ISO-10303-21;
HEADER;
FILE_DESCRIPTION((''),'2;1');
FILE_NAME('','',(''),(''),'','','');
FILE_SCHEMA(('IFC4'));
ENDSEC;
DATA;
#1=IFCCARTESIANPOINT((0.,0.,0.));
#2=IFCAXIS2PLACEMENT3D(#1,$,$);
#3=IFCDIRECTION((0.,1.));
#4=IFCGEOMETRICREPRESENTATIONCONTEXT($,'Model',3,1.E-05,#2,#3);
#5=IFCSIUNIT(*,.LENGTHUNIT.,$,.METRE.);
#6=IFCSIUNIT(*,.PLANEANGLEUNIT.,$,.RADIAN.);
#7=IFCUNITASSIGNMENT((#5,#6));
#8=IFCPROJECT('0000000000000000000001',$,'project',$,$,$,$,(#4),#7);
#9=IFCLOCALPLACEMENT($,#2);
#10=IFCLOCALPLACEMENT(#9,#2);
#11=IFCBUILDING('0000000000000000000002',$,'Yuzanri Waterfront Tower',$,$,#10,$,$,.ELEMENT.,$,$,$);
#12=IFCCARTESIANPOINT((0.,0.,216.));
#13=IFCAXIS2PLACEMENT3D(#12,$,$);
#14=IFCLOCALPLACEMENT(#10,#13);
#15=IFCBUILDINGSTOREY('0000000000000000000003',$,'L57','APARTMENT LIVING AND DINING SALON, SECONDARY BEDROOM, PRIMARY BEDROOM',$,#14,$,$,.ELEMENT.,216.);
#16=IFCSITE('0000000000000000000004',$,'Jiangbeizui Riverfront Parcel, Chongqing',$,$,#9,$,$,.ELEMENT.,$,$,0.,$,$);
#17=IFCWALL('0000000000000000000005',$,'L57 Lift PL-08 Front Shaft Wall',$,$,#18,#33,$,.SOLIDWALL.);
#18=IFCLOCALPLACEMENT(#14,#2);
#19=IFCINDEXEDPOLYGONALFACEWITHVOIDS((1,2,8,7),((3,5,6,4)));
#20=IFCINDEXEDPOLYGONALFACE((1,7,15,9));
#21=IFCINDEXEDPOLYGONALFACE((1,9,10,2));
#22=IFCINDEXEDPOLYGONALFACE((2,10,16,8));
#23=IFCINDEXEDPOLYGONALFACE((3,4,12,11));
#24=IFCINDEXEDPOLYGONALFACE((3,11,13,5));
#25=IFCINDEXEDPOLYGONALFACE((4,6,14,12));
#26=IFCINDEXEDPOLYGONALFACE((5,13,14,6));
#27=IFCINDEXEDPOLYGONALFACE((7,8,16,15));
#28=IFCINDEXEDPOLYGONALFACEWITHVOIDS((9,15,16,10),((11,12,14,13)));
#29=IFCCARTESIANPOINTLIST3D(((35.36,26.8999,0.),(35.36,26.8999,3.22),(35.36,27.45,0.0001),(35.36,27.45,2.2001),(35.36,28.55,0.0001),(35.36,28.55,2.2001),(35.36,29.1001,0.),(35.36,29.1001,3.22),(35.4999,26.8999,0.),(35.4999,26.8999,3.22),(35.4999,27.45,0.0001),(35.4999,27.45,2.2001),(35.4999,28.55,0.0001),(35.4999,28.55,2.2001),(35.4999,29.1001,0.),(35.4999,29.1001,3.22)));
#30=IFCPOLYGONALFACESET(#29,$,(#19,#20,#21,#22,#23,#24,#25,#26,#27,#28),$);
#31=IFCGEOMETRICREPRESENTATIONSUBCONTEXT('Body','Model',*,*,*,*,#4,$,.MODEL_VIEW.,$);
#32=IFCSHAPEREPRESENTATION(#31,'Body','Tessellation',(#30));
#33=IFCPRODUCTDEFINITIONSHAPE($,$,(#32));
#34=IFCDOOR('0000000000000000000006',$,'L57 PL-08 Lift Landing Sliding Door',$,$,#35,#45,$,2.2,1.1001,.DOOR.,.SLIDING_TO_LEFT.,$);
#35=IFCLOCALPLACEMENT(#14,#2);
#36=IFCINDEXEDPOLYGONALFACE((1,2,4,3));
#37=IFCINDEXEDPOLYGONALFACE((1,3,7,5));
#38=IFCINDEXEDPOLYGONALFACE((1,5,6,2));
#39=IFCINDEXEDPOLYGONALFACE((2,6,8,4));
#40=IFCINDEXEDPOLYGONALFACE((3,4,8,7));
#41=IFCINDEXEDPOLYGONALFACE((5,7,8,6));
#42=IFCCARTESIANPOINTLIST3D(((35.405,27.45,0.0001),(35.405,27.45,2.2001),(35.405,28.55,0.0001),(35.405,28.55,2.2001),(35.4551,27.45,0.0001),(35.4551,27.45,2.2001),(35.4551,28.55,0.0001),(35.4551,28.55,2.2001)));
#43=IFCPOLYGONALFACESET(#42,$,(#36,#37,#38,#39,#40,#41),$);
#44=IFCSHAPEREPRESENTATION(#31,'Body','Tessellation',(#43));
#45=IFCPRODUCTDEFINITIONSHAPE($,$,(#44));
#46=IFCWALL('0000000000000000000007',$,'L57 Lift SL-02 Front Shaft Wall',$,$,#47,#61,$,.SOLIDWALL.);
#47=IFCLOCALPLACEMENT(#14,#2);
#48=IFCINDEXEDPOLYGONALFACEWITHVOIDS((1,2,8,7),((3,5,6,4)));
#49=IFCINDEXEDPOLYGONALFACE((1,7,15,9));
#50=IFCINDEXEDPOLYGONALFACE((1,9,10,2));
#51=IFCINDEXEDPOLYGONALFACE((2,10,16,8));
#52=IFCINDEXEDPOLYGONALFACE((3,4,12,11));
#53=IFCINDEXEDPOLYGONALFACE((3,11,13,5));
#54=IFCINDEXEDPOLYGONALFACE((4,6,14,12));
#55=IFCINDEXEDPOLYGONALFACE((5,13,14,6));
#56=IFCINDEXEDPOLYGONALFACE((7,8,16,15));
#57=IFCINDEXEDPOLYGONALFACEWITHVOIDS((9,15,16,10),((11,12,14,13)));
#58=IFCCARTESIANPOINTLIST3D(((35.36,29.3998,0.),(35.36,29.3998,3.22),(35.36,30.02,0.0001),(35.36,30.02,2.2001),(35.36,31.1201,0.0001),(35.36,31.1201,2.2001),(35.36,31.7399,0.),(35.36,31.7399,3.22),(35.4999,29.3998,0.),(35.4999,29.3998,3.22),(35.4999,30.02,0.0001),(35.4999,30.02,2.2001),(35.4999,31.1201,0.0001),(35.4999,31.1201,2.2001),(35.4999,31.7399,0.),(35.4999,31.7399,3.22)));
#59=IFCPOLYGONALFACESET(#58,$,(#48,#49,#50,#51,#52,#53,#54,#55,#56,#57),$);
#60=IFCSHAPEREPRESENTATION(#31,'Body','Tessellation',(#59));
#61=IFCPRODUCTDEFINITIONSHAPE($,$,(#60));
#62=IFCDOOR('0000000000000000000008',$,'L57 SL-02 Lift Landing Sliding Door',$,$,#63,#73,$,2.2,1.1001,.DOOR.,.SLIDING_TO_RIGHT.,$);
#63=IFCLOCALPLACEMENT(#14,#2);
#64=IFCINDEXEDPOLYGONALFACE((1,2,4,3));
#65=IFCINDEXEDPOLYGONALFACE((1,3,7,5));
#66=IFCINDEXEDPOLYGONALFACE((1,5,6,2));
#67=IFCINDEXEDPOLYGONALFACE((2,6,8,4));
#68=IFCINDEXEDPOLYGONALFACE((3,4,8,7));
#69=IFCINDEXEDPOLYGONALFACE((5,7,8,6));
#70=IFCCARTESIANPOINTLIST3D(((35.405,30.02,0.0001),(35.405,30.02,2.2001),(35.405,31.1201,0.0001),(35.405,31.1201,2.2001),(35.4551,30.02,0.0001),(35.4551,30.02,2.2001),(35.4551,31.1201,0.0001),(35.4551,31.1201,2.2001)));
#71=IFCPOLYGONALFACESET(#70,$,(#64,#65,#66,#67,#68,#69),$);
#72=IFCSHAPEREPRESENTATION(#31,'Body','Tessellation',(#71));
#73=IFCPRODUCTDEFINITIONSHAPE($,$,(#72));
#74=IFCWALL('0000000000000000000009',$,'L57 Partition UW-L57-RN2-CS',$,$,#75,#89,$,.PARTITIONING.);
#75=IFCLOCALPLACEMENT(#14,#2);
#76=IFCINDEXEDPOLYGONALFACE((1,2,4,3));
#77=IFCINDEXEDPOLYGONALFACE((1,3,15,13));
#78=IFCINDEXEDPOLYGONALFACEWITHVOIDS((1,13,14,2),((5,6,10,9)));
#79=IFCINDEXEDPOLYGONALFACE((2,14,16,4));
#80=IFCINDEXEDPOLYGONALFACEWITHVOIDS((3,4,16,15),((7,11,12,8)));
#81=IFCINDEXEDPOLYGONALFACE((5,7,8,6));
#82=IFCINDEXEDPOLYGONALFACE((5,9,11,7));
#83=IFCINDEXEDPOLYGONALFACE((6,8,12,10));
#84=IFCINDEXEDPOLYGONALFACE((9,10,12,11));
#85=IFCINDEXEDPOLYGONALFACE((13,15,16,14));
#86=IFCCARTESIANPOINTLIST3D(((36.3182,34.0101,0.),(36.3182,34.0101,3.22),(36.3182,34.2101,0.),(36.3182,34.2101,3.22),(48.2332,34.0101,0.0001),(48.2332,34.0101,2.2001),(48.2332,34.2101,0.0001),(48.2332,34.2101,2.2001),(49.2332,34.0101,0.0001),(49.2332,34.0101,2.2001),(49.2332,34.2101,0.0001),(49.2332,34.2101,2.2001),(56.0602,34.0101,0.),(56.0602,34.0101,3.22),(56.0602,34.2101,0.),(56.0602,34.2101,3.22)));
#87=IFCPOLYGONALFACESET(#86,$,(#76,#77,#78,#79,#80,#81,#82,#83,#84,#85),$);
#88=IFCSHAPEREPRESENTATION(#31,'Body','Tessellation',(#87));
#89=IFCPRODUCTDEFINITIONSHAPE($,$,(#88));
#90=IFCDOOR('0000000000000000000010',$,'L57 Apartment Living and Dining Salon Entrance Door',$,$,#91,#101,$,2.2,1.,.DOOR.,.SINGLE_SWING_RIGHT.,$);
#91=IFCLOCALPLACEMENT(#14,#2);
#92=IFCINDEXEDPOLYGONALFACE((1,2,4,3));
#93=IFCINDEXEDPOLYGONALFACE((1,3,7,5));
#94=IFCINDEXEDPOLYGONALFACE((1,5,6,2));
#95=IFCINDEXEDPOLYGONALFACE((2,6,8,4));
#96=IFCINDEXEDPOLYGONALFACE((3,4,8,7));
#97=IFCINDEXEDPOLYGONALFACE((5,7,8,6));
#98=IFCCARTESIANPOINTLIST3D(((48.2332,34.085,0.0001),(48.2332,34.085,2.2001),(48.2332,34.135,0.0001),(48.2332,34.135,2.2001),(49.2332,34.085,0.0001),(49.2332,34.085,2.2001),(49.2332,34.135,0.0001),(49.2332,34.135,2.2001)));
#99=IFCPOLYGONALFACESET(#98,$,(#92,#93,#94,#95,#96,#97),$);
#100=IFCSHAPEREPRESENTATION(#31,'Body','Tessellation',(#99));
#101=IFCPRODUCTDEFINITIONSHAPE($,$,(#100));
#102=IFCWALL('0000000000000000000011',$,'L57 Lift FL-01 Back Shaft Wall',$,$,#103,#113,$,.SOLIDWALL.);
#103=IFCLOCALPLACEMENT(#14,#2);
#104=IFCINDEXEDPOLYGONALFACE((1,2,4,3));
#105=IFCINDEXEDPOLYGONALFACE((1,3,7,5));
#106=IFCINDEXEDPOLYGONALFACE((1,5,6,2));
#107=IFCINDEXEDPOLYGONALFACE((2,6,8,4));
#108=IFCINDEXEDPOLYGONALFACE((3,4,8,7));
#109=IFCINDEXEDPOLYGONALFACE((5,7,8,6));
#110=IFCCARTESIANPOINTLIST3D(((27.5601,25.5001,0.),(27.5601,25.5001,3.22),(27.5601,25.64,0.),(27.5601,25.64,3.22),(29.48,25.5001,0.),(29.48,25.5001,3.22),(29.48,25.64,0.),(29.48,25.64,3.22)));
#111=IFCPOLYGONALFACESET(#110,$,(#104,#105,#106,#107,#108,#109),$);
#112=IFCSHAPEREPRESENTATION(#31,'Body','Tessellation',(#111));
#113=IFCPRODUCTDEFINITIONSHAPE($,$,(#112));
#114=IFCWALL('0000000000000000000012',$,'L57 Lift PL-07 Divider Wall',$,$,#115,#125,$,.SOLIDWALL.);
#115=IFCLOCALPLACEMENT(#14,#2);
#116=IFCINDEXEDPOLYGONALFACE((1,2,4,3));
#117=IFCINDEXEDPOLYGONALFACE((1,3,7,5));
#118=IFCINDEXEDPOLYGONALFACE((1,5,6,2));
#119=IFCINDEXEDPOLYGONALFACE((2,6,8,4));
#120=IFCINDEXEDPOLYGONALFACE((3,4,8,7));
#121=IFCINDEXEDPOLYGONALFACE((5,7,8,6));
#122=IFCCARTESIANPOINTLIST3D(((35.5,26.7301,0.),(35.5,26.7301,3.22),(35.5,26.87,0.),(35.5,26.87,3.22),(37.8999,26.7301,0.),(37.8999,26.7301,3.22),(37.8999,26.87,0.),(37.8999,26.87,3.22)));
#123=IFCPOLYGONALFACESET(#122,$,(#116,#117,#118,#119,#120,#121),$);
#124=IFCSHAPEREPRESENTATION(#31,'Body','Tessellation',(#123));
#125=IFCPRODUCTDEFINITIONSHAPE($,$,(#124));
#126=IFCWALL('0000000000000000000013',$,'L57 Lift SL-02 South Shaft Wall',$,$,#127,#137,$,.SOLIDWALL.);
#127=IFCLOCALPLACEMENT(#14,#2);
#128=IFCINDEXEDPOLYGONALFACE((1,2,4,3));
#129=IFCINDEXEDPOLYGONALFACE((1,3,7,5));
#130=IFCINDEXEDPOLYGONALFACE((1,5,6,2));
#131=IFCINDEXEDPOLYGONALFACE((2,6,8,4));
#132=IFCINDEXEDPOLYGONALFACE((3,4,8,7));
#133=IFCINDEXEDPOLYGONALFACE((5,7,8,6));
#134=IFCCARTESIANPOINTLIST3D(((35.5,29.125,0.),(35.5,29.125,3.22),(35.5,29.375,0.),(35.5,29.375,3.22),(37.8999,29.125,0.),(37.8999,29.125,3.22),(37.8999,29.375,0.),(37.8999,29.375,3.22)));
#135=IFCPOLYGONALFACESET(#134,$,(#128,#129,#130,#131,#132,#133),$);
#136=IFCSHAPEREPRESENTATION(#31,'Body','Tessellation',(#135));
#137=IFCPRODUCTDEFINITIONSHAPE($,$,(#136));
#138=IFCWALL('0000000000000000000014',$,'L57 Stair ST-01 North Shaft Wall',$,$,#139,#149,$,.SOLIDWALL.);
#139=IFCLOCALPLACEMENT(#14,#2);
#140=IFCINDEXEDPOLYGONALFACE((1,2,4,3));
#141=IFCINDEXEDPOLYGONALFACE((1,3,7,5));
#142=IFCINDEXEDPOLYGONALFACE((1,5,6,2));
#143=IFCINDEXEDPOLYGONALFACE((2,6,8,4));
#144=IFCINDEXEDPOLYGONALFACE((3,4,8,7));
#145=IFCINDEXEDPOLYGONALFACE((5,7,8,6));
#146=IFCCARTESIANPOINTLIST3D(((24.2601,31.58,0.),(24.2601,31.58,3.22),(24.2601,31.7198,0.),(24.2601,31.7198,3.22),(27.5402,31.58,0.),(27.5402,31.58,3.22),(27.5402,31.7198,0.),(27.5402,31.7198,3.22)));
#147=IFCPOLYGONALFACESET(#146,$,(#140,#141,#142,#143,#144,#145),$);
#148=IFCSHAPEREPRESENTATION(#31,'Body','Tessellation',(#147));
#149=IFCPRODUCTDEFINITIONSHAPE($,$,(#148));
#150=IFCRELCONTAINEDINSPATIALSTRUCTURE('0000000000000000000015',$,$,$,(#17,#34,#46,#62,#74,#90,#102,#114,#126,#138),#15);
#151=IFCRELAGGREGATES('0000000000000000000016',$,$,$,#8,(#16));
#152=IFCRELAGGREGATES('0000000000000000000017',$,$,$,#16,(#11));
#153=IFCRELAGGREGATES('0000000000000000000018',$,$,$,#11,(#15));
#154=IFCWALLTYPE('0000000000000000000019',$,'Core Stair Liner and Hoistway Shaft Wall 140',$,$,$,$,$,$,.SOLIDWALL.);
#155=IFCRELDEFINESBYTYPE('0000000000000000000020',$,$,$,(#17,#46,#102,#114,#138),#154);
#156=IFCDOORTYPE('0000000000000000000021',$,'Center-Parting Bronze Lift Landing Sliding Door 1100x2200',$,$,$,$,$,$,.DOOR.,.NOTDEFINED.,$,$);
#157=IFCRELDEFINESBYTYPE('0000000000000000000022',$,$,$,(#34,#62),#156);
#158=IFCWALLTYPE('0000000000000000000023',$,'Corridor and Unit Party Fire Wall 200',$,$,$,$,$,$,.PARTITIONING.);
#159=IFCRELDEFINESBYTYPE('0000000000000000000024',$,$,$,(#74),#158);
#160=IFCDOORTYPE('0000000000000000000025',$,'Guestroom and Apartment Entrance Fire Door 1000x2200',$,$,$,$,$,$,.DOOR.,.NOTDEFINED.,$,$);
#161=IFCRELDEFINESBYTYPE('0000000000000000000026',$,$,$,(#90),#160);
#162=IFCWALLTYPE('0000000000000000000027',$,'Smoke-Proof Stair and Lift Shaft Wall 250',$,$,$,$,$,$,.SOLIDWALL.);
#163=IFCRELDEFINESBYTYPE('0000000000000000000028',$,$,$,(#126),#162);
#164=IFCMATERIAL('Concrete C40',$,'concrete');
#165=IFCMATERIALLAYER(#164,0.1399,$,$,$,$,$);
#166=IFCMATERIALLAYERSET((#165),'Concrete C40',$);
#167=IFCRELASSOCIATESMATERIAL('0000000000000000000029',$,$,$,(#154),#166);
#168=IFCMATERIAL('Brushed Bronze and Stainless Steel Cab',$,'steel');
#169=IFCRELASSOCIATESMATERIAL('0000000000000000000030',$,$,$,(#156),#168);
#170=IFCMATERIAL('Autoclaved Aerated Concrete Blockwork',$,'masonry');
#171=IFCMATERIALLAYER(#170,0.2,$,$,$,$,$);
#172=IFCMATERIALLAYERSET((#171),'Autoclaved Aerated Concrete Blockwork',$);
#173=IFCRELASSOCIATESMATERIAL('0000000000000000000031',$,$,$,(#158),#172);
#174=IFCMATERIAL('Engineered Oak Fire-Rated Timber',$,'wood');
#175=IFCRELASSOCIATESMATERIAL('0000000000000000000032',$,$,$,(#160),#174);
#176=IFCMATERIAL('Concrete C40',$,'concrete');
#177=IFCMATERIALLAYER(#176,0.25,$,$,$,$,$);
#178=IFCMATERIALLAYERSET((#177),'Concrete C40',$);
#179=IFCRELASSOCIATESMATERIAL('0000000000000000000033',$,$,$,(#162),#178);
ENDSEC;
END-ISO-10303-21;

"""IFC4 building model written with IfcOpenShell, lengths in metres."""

from ifc_helpers import new_model, si_unit, direction, frame, frame_2d, origin, place, context, subcontext, project, spatial, rectangle, extrude, source, transform, mapped, material, layer, layer_set, type_object, element, fill, save


model = new_model("IFC4")

# Units and contexts
model_context = context("Model", 3, precision=1e-05, world=origin(), true_north=direction((0.0, 1.0)))
body_context = subcontext(model_context, "Body", "Model", "MODEL_VIEW")
ifc_project = project(units=[si_unit("LENGTHUNIT", "METRE"), si_unit("PLANEANGLEUNIT", "RADIAN")], contexts=[model_context])

# Site, building, storey
site_placement = place(None, origin())
site = spatial("IfcSite", under=ifc_project, at=site_placement, Name="Jiangbeizui Riverfront Parcel, Chongqing", CompositionType="ELEMENT", RefElevation=0.0)
building_placement = place(site_placement, origin())
building = spatial("IfcBuilding", under=site, at=building_placement, Name="Yuzanri Waterfront Tower", CompositionType="ELEMENT")
storey_placement = place(building_placement, frame((0.0, 0.0, 216.0)))
storey = spatial("IfcBuildingStorey", under=building, at=storey_placement, Name="L57", Description="APARTMENT LIVING AND DINING SALON, SECONDARY BEDROOM, PRIMARY BEDROOM", CompositionType="ELEMENT", Elevation=216.0)

# Walls, openings, doors
ifc_material_1 = material(Name="Concrete C40", Category="concrete")
ifc_layer_1 = layer(ifc_material_1, 0.1399)
ifc_layer_set_1 = layer_set([ifc_layer_1], Name="Concrete C40")
wall_type_1 = type_object("IfcWallType", Name="Core Stair Liner and Hoistway Shaft Wall 140", PredefinedType="SOLIDWALL", material=ifc_layer_set_1)
wall_1_placement = place(storey_placement, frame((35.4299, 26.8999, 0.0), z_axis=(0.0, 0.0, 1.0), x_axis=(0.0, 1.0, 0.0)))
wall_1 = element("IfcWall", 1, at=wall_1_placement, inside=storey, type_object=wall_type_1, Name="L57 Lift PL-08 Front Shaft Wall", PredefinedType="SOLIDWALL", context=body_context, shape_type="SweptSolid", body=[
    extrude(rectangle(XDim=2.2002, YDim=0.1399, at=frame_2d((1.1001, 0.0))), origin(), (0.0, 0.0, 1.0), 3.22),
])
opening_1_placement = place(wall_1_placement, frame((0.55, 0.0, 0.0)))
opening_1 = element("IfcOpeningElement", 2, at=opening_1_placement, cuts=wall_1, PredefinedType="OPENING", context=body_context, shape_type="SweptSolid", body=[
    extrude(rectangle(XDim=1.1001, YDim=2.2, at=frame_2d((0.55, 1.1001))), frame((0.0, 0.085, 0.0), z_axis=(0.0, -1.0, 0.0), x_axis=(1.0, 0.0, 0.0)), (0.0, 0.0, 1.0), 0.1697),
])
ifc_material_2 = material(Name="Brushed Bronze and Stainless Steel Cab", Category="steel")
door_type_1 = type_object("IfcDoorType", Name="Center-Parting Bronze Lift Landing Sliding Door 1100x2200", OperationType="NOTDEFINED", PredefinedType="DOOR", material=ifc_material_2)
shared_shape_1 = source(origin(), body_context, "Body", "SweptSolid", [
    extrude(rectangle(XDim=1.1001, YDim=2.2, at=frame_2d((0.55, 1.1001))), frame((0.0, 0.0249, 0.0), z_axis=(0.0, -1.0, 0.0), x_axis=(1.0, 0.0, 0.0)), (0.0, 0.0, 1.0), 0.05),
])
door_1_placement = place(opening_1_placement, origin())
door_1 = element("IfcDoor", 3, at=door_1_placement, inside=storey, type_object=door_type_1, Name="L57 PL-08 Lift Landing Sliding Door", OperationType="SLIDING_TO_LEFT", OverallHeight=2.2, OverallWidth=1.1001, PredefinedType="DOOR", context=body_context, shape_type="MappedRepresentation", body=[
    mapped(shared_shape_1, transform((0.0, 0.0, 0.0), scale=1.0)),
])
fill(opening_1, door_1)
wall_2_placement = place(storey_placement, frame((35.4299, 29.3999, 0.0), z_axis=(0.0, 0.0, 1.0), x_axis=(0.0, 1.0, 0.0)))
wall_2 = element("IfcWall", 4, at=wall_2_placement, inside=storey, type_object=wall_type_1, Name="L57 Lift SL-02 Front Shaft Wall", PredefinedType="SOLIDWALL", context=body_context, shape_type="SweptSolid", body=[
    extrude(rectangle(XDim=2.3401, YDim=0.1399, at=frame_2d((1.1699, 0.0))), origin(), (0.0, 0.0, 1.0), 3.22),
])
opening_2_placement = place(wall_2_placement, frame((0.6201, 0.0, 0.0)))
opening_2 = element("IfcOpeningElement", 5, at=opening_2_placement, cuts=wall_2, PredefinedType="OPENING", context=body_context, shape_type="SweptSolid", body=[
    extrude(rectangle(XDim=1.1001, YDim=2.2, at=frame_2d((0.55, 1.1001))), frame((0.0, 0.085, 0.0), z_axis=(0.0, -1.0, 0.0), x_axis=(1.0, 0.0, 0.0)), (0.0, 0.0, 1.0), 0.1697),
])
door_2_placement = place(opening_2_placement, origin())
door_2 = element("IfcDoor", 6, at=door_2_placement, inside=storey, type_object=door_type_1, Name="L57 SL-02 Lift Landing Sliding Door", OperationType="SLIDING_TO_RIGHT", OverallHeight=2.2, OverallWidth=1.1001, PredefinedType="DOOR", context=body_context, shape_type="MappedRepresentation", body=[
    mapped(shared_shape_1, transform((0.0, 0.0, 0.0), scale=1.0)),
])
fill(opening_2, door_2)
ifc_material_3 = material(Name="Autoclaved Aerated Concrete Blockwork", Category="masonry")
ifc_layer_2 = layer(ifc_material_3, 0.2)
ifc_layer_set_2 = layer_set([ifc_layer_2], Name="Autoclaved Aerated Concrete Blockwork")
wall_type_2 = type_object("IfcWallType", Name="Corridor and Unit Party Fire Wall 200", PredefinedType="PARTITIONING", material=ifc_layer_set_2)
wall_3_placement = place(storey_placement, frame((36.3181, 34.1101, 0.0), z_axis=(0.0, 0.0, 1.0), x_axis=(1.0, 0.0, 0.0)))
wall_3 = element("IfcWall", 7, at=wall_3_placement, inside=storey, type_object=wall_type_2, Name="L57 Partition UW-L57-RN2-CS", PredefinedType="PARTITIONING", context=body_context, shape_type="SweptSolid", body=[
    extrude(rectangle(XDim=19.7419, YDim=0.2, at=frame_2d((9.8711, 0.0))), origin(), (0.0, 0.0, 1.0), 3.22),
])
opening_3_placement = place(wall_3_placement, frame((11.915, 0.0, 0.0)))
opening_3 = element("IfcOpeningElement", 8, at=opening_3_placement, cuts=wall_3, PredefinedType="OPENING", context=body_context, shape_type="SweptSolid", body=[
    extrude(rectangle(XDim=1.0, YDim=2.2, at=frame_2d((0.5, 1.1001))), frame((0.0, 0.1147, 0.0), z_axis=(0.0, -1.0, 0.0), x_axis=(1.0, 0.0, 0.0)), (0.0, 0.0, 1.0), 0.2297),
])
ifc_material_4 = material(Name="Engineered Oak Fire-Rated Timber", Category="wood")
door_type_2 = type_object("IfcDoorType", Name="Guestroom and Apartment Entrance Fire Door 1000x2200", OperationType="NOTDEFINED", PredefinedType="DOOR", material=ifc_material_4)
shared_shape_2 = source(origin(), body_context, "Body", "SweptSolid", [
    extrude(rectangle(XDim=1.0, YDim=2.2, at=frame_2d((0.5, 1.1001))), frame((0.0, 0.0249, 0.0), z_axis=(0.0, -1.0, 0.0), x_axis=(1.0, 0.0, 0.0)), (0.0, 0.0, 1.0), 0.05),
])
door_3_placement = place(opening_3_placement, origin())
door_3 = element("IfcDoor", 9, at=door_3_placement, inside=storey, type_object=door_type_2, Name="L57 Apartment Living and Dining Salon Entrance Door", OperationType="SINGLE_SWING_RIGHT", OverallHeight=2.2, OverallWidth=1.0, PredefinedType="DOOR", context=body_context, shape_type="MappedRepresentation", body=[
    mapped(shared_shape_2, transform((0.0, 0.0, 0.0), scale=1.0)),
])
fill(opening_3, door_3)

# Walls
shared_shape_3 = source(origin(), body_context, "Body", "SweptSolid", [
    extrude(rectangle(XDim=1.9199, YDim=0.1399, at=frame_2d((0.96, 0.0))), origin(), (0.0, 0.0, 1.0), 3.22),
])
wall_4_placement = place(storey_placement, frame((27.5601, 25.5701, 0.0), z_axis=(0.0, 0.0, 1.0), x_axis=(1.0, 0.0, 0.0)))
element("IfcWall", 10, at=wall_4_placement, inside=storey, type_object=wall_type_1, Name="L57 Lift FL-01 Back Shaft Wall", PredefinedType="SOLIDWALL", context=body_context, shape_type="MappedRepresentation", body=[
    mapped(shared_shape_3, transform((0.0, 0.0, 0.0), scale=1.0)),
])
shared_shape_4 = source(origin(), body_context, "Body", "SweptSolid", [
    extrude(rectangle(XDim=2.3999, YDim=0.1399, at=frame_2d((1.2, 0.0))), origin(), (0.0, 0.0, 1.0), 3.22),
])
wall_5_placement = place(storey_placement, frame((35.5, 26.8, 0.0), z_axis=(0.0, 0.0, 1.0), x_axis=(1.0, 0.0, 0.0)))
element("IfcWall", 11, at=wall_5_placement, inside=storey, type_object=wall_type_1, Name="L57 Lift PL-07 Divider Wall", PredefinedType="SOLIDWALL", context=body_context, shape_type="MappedRepresentation", body=[
    mapped(shared_shape_4, transform((0.0, 0.0, 0.0), scale=1.0)),
])
ifc_material_5 = material(Name="Concrete C40", Category="concrete")
ifc_layer_3 = layer(ifc_material_5, 0.25)
ifc_layer_set_3 = layer_set([ifc_layer_3], Name="Concrete C40")
wall_type_3 = type_object("IfcWallType", Name="Smoke-Proof Stair and Lift Shaft Wall 250", PredefinedType="SOLIDWALL", material=ifc_layer_set_3)
shared_shape_5 = source(origin(), body_context, "Body", "SweptSolid", [
    extrude(rectangle(XDim=2.3999, YDim=0.25, at=frame_2d((1.2, 0.0))), origin(), (0.0, 0.0, 1.0), 3.22),
])
wall_6_placement = place(storey_placement, frame((35.5, 29.25, 0.0), z_axis=(0.0, 0.0, 1.0), x_axis=(1.0, 0.0, 0.0)))
element("IfcWall", 12, at=wall_6_placement, inside=storey, type_object=wall_type_3, Name="L57 Lift SL-02 South Shaft Wall", PredefinedType="SOLIDWALL", context=body_context, shape_type="MappedRepresentation", body=[
    mapped(shared_shape_5, transform((0.0, 0.0, 0.0), scale=1.0)),
])
shared_shape_6 = source(origin(), body_context, "Body", "SweptSolid", [
    extrude(rectangle(XDim=3.28, YDim=0.1399, at=frame_2d((1.6401, 0.0))), origin(), (0.0, 0.0, 1.0), 3.22),
])
wall_7_placement = place(storey_placement, frame((24.26, 31.6499, 0.0), z_axis=(0.0, 0.0, 1.0), x_axis=(1.0, 0.0, 0.0)))
element("IfcWall", 13, at=wall_7_placement, inside=storey, type_object=wall_type_1, Name="L57 Stair ST-01 North Shaft Wall", PredefinedType="SOLIDWALL", context=body_context, shape_type="MappedRepresentation", body=[
    mapped(shared_shape_6, transform((0.0, 0.0, 0.0), scale=1.0)),
])

save(model, "model.ifc")
